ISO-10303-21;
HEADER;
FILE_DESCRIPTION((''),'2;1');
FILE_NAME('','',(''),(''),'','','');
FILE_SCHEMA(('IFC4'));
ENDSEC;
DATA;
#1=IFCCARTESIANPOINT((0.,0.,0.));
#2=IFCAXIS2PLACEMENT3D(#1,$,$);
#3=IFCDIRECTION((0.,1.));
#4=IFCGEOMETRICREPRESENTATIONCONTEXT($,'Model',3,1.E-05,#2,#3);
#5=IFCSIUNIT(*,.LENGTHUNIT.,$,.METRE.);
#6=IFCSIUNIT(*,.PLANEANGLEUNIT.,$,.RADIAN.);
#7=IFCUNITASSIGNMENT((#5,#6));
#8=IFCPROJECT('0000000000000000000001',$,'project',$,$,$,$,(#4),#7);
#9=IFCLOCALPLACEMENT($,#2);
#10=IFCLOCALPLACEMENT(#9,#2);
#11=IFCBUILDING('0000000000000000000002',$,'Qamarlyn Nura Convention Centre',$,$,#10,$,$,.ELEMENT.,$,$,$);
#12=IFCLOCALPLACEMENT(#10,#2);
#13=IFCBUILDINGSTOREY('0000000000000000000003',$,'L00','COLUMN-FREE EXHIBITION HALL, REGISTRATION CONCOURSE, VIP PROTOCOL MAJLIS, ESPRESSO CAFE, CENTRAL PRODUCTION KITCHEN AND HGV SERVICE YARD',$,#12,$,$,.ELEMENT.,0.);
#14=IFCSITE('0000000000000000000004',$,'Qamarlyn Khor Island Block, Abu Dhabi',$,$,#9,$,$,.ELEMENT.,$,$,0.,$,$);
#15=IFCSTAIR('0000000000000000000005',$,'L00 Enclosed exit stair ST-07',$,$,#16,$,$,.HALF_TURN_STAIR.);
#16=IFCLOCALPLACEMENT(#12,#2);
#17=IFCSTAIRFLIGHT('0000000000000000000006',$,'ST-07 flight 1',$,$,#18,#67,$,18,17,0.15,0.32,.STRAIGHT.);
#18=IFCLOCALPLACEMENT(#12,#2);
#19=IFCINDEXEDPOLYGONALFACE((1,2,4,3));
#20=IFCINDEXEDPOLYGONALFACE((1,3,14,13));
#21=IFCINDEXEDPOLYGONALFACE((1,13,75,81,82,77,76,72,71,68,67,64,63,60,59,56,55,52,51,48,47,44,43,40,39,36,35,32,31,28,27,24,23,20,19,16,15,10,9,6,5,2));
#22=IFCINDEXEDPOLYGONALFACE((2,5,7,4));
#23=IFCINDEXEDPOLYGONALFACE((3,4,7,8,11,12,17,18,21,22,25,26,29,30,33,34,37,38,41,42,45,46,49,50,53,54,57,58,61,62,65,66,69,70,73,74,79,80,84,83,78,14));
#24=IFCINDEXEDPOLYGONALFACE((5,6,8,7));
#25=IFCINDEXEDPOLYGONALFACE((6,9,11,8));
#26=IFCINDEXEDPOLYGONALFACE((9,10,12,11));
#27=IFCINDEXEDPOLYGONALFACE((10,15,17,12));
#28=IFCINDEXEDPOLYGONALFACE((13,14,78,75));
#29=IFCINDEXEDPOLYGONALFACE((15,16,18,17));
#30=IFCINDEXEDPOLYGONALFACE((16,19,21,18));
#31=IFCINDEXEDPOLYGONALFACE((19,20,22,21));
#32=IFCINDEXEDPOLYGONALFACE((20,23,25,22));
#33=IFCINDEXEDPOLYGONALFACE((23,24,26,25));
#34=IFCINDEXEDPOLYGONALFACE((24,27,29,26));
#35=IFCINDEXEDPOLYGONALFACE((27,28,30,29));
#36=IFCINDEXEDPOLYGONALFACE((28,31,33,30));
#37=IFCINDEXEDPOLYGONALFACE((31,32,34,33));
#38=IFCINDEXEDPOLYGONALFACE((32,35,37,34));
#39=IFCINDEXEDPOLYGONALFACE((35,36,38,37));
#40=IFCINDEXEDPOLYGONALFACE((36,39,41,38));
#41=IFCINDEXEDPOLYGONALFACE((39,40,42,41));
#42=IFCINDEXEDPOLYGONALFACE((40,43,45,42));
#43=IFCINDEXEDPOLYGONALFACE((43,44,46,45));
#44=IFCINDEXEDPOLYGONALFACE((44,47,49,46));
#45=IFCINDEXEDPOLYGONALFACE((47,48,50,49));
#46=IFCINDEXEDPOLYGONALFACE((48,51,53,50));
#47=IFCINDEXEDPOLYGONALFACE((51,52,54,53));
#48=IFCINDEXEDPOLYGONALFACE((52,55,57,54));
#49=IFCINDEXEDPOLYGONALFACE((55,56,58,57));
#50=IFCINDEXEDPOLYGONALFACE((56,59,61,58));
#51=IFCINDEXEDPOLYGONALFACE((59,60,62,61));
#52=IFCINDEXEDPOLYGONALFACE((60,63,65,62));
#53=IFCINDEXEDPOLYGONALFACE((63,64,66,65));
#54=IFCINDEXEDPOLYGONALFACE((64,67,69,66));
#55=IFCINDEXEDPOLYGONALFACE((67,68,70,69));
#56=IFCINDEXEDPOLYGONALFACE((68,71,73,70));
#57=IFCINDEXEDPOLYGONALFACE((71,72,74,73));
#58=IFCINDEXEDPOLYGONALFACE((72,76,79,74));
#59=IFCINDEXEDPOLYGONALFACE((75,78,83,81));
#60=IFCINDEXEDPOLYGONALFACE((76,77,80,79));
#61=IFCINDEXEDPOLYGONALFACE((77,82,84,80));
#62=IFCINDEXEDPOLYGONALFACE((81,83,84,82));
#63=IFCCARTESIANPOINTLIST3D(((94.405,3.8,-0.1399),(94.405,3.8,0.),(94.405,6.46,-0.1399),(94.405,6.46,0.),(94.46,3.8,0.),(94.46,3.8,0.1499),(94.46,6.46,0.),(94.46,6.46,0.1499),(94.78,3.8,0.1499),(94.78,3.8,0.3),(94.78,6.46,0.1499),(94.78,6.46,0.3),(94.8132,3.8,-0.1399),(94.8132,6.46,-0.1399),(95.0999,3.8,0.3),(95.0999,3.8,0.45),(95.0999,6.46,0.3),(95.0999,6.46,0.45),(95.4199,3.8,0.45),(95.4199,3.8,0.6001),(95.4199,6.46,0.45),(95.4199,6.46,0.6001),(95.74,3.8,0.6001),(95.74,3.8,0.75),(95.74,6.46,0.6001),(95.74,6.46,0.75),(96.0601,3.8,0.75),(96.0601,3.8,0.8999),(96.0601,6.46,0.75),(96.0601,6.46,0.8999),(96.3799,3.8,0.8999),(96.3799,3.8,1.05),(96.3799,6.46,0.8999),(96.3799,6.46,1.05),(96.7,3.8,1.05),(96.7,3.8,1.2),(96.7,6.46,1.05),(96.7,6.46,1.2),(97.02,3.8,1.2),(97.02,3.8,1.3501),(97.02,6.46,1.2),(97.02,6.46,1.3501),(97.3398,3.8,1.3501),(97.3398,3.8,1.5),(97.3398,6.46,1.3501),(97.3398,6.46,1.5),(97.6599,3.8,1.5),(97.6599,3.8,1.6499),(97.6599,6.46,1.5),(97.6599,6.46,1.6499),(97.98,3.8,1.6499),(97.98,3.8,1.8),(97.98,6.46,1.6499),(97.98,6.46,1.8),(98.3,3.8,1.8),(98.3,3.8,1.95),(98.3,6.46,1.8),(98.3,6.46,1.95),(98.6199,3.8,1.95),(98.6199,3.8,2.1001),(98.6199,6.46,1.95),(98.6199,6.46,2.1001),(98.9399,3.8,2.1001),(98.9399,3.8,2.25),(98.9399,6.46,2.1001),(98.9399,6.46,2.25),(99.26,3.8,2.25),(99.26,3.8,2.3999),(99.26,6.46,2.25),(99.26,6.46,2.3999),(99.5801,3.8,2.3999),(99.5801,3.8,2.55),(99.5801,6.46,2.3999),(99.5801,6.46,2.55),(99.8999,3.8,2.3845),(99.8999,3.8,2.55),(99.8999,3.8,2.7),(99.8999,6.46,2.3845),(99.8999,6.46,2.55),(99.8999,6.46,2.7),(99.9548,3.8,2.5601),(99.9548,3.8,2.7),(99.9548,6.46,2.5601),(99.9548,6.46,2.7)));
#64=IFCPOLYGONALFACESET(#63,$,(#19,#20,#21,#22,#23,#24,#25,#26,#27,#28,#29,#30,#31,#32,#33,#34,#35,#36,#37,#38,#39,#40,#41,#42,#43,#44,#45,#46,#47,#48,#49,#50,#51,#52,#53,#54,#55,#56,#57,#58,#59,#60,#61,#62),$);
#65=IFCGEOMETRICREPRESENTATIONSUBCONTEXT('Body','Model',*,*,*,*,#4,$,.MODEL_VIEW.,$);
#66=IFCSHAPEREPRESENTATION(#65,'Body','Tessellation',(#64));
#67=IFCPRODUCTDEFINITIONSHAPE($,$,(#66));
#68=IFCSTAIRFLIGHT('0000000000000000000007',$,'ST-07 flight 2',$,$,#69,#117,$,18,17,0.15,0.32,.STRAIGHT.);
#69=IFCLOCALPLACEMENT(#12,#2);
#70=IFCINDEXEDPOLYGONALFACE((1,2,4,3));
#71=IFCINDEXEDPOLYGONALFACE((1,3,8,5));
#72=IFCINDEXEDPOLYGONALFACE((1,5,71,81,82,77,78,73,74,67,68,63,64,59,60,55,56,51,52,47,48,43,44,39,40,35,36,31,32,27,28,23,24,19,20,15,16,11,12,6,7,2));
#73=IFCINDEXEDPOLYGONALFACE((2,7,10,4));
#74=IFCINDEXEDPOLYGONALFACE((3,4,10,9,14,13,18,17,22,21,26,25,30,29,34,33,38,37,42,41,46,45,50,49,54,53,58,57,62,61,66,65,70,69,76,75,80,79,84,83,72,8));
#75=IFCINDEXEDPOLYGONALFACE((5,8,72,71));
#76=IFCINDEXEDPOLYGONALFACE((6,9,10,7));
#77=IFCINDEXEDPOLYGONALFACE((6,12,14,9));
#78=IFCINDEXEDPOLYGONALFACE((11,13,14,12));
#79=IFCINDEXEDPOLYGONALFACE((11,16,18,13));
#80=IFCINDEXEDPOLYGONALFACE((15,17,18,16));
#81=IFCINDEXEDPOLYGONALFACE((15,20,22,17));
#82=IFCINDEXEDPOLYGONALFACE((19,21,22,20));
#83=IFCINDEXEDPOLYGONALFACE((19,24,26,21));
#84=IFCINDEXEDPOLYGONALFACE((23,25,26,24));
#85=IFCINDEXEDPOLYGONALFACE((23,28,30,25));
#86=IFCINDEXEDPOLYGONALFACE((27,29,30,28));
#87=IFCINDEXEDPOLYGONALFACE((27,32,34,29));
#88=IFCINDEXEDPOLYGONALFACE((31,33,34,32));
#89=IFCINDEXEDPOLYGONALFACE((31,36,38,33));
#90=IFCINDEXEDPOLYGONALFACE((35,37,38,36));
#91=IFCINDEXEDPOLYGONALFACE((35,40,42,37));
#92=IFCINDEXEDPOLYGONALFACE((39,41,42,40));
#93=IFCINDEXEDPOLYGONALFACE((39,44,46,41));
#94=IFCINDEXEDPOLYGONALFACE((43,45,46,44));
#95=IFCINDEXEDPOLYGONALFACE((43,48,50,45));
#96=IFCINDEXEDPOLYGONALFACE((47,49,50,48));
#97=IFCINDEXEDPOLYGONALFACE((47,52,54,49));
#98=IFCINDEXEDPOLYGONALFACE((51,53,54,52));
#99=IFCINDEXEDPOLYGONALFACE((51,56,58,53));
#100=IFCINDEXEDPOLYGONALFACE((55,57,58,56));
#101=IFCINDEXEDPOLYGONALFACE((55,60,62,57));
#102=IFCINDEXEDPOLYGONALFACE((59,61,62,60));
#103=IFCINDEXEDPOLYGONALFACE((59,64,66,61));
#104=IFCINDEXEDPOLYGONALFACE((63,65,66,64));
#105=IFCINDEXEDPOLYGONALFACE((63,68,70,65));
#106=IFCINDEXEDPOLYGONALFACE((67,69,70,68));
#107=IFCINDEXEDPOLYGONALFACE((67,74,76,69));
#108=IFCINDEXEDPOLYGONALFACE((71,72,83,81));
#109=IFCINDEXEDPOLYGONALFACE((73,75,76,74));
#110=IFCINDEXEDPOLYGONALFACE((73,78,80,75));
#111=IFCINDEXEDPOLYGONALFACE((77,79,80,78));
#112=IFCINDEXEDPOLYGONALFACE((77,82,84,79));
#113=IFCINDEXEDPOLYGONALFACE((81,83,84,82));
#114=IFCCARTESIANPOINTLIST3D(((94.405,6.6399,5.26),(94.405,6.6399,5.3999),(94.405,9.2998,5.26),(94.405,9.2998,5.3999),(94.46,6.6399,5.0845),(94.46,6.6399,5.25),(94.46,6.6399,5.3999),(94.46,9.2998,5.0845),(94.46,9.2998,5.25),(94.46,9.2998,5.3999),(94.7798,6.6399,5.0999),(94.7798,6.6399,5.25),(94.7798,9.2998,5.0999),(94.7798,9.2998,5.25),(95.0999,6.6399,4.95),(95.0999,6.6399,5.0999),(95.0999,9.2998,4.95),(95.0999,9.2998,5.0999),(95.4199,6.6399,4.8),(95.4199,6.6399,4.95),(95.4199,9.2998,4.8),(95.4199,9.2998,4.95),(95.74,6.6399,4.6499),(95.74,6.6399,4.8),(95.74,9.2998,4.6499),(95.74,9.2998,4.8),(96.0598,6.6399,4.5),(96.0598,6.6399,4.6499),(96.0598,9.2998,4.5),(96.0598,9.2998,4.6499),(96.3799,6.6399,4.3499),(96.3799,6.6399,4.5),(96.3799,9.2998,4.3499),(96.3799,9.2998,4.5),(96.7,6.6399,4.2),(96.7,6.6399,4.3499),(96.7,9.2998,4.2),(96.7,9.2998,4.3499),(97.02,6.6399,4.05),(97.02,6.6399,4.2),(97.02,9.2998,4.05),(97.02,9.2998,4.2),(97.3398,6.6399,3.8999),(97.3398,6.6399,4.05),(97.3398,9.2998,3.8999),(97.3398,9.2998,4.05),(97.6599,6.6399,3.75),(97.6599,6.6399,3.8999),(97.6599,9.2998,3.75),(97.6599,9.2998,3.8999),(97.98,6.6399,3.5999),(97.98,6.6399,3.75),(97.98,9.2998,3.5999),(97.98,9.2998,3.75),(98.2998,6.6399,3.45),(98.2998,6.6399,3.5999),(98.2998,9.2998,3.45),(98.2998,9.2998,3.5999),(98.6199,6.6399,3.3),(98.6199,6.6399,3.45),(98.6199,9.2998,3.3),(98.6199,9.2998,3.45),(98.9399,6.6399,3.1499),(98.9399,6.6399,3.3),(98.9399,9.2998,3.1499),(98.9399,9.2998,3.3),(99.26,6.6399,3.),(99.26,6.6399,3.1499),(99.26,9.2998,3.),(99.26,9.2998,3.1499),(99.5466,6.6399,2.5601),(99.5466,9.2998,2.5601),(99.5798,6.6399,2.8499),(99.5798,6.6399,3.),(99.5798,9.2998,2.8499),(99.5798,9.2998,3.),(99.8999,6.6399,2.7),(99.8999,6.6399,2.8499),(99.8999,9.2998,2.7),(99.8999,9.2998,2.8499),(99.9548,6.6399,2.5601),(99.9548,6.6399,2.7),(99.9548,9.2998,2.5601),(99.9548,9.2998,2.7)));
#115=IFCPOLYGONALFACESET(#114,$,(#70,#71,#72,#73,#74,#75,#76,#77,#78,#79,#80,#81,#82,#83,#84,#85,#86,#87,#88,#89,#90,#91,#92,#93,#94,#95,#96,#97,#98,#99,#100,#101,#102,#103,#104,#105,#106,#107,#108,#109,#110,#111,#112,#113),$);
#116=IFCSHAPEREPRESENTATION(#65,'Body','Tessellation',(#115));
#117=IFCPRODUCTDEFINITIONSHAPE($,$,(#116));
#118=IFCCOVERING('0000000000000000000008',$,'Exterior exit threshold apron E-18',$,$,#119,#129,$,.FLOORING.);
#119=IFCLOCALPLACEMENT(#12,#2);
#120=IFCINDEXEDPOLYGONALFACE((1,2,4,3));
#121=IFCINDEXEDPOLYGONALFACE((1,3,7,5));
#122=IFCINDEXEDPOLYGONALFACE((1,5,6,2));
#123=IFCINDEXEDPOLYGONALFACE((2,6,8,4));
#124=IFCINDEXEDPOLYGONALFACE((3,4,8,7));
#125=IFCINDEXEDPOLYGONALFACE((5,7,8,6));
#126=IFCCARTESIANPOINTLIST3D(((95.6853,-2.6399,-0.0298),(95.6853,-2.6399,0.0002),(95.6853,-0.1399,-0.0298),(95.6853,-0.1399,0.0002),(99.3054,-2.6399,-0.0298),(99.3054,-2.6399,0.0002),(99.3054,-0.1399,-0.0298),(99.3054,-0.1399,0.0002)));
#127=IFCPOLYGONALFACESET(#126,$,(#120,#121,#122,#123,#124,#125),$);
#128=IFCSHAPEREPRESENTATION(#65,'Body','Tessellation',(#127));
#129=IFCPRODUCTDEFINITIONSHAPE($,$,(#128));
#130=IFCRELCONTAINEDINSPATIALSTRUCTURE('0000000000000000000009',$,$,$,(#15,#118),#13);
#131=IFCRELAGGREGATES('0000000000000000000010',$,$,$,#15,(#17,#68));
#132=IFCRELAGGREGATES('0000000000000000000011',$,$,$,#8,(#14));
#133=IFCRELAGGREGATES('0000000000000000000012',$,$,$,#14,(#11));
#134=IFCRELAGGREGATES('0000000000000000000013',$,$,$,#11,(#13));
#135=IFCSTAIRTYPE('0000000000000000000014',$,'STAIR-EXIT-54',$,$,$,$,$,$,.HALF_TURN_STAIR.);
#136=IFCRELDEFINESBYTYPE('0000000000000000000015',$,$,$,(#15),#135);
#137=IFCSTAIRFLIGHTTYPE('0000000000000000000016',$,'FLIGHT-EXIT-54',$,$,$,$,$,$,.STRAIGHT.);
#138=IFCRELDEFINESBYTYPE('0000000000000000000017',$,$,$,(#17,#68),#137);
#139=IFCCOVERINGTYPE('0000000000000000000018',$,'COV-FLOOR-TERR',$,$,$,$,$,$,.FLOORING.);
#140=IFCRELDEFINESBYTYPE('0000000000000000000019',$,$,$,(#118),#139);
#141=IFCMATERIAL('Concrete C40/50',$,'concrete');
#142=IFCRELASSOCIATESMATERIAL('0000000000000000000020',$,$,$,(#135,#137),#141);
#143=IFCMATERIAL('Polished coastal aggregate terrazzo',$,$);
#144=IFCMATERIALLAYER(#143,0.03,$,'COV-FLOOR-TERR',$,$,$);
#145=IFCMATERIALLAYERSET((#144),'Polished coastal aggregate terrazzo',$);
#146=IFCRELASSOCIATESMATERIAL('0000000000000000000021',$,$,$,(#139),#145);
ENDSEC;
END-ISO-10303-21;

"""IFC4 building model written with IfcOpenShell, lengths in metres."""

from ifc_helpers import new_model, si_unit, direction, frame, origin, origin_2d, place, context, subcontext, project, spatial, polyline, rectangle, outline, extrude, material, layer, layer_set, type_object, element, aggregate, save


model = new_model("IFC4")

# Units and contexts
model_context = context("Model", 3, precision=1e-05, world=origin(), true_north=direction((0.0, 1.0)))
body_context = subcontext(model_context, "Body", "Model", "MODEL_VIEW")
ifc_project = project(units=[si_unit("LENGTHUNIT", "METRE"), si_unit("PLANEANGLEUNIT", "RADIAN")], contexts=[model_context])

# Site, building, storey
site_placement = place(None, origin())
site = spatial("IfcSite", under=ifc_project, at=site_placement, Name="Qamarlyn Khor Island Block, Abu Dhabi", CompositionType="ELEMENT", RefElevation=0.0)
building_placement = place(site_placement, origin())
building = spatial("IfcBuilding", under=site, at=building_placement, Name="Qamarlyn Nura Convention Centre", CompositionType="ELEMENT")
storey_placement = place(building_placement, origin())
storey = spatial("IfcBuildingStorey", under=building, at=storey_placement, Name="L00", Description="COLUMN-FREE EXHIBITION HALL, REGISTRATION CONCOURSE, VIP PROTOCOL MAJLIS, ESPRESSO CAFE, CENTRAL PRODUCTION KITCHEN AND HGV SERVICE YARD", CompositionType="ELEMENT", Elevation=0.0)

# Shared definitions
ifc_material_1 = material(Name="Concrete C40/50", Category="concrete")

# Stair, stair flights
stair_type = type_object("IfcStairType", Name="STAIR-EXIT-54", PredefinedType="HALF_TURN_STAIR", material=ifc_material_1)
stair_placement = place(storey_placement, origin())
stair = element("IfcStair", 1, at=stair_placement, inside=storey, type_object=stair_type, Name="L00 Enclosed exit stair ST-07", PredefinedType="HALF_TURN_STAIR")
stair_flight_type = type_object("IfcStairFlightType", Name="FLIGHT-EXIT-54", PredefinedType="STRAIGHT", material=ifc_material_1)
stair_flight_1_placement = place(storey_placement, frame((94.46, 5.1299, 0.0), z_axis=(0.0, 0.0, 1.0), x_axis=(1.0, 0.0, 0.0)))
stair_flight_1 = element("IfcStairFlight", 2, at=stair_flight_1_placement, type_object=stair_flight_type, Name="ST-07 flight 1", NumberOfRisers=18, NumberOfTreads=17, PredefinedType="STRAIGHT", RiserHeight=0.15, TreadLength=0.32, context=body_context, shape_type="SweptSolid", body=[
    extrude(outline(polyline([(-0.0549, 0.0), (0.0, 0.0), (0.0, 0.1499), (0.3201, 0.1499), (0.3201, 0.3), (0.6399, 0.3), (0.6399, 0.45), (0.96, 0.45), (0.96, 0.6001), (1.28, 0.6001), (1.28, 0.75), (1.6001, 0.75), (1.6001, 0.8999), (1.9199, 0.8999), (1.9199, 1.05), (2.24, 1.05), (2.24, 1.2), (2.5601, 1.2), (2.5601, 1.3501), (2.8799, 1.3501), (2.8799, 1.5), (3.2, 1.5), (3.2, 1.6499), (3.52, 1.6499), (3.52, 1.8), (3.8401, 1.8), (3.8401, 1.95), (4.1599, 1.95), (4.1599, 2.1001), (4.48, 2.1001), (4.48, 2.25), (4.8, 2.25), (4.8, 2.3999), (5.1201, 2.3999), (5.1201, 2.55), (5.4399, 2.55), (5.4399, 2.7), (5.4949, 2.7), (5.4949, 2.5601), (5.4399, 2.3845), (0.3533, -0.1399), (-0.0549, -0.1399), (-0.0549, 0.0)])), frame((0.0, 1.3301, 0.0), z_axis=(0.0, -1.0, 0.0), x_axis=(1.0, 0.0, 0.0)), (0.0, 0.0, 1.0), 2.6599),
])
stair_flight_2_placement = place(storey_placement, frame((99.8999, 7.97, 2.7), z_axis=(0.0, 0.0, 1.0), x_axis=(-1.0, 0.0, 0.0)))
stair_flight_2 = element("IfcStairFlight", 3, at=stair_flight_2_placement, type_object=stair_flight_type, Name="ST-07 flight 2", NumberOfRisers=18, NumberOfTreads=17, PredefinedType="STRAIGHT", RiserHeight=0.15, TreadLength=0.32, context=body_context, shape_type="SweptSolid", body=[
    extrude(outline(polyline([(-0.0549, 0.0), (0.0, 0.0), (0.0, 0.1499), (0.3201, 0.1499), (0.3201, 0.3), (0.6399, 0.3), (0.6399, 0.45), (0.96, 0.45), (0.96, 0.6001), (1.28, 0.6001), (1.28, 0.75), (1.6001, 0.75), (1.6001, 0.8999), (1.9199, 0.8999), (1.9199, 1.05), (2.24, 1.05), (2.24, 1.2), (2.5601, 1.2), (2.5601, 1.3501), (2.8799, 1.3501), (2.8799, 1.5), (3.2, 1.5), (3.2, 1.6499), (3.52, 1.6499), (3.52, 1.8), (3.8401, 1.8), (3.8401, 1.95), (4.1599, 1.95), (4.1599, 2.1001), (4.48, 2.1001), (4.48, 2.25), (4.8, 2.25), (4.8, 2.3999), (5.1201, 2.3999), (5.1201, 2.55), (5.4399, 2.55), (5.4399, 2.7), (5.4949, 2.7), (5.4949, 2.5601), (5.4399, 2.3845), (0.3533, -0.1399), (-0.0549, -0.1399), (-0.0549, 0.0)])), frame((0.0, 1.3301, 0.0), z_axis=(0.0, -1.0, 0.0), x_axis=(1.0, 0.0, 0.0)), (0.0, 0.0, 1.0), 2.6599),
])
aggregate(stair, [stair_flight_1, stair_flight_2])

# Covering
ifc_material_2 = material(Name="Polished coastal aggregate terrazzo")
ifc_layer_1 = layer(ifc_material_2, 0.03, Name="COV-FLOOR-TERR")
ifc_layer_set_1 = layer_set([ifc_layer_1], Name="Polished coastal aggregate terrazzo")
covering_type = type_object("IfcCoveringType", Name="COV-FLOOR-TERR", PredefinedType="FLOORING", material=ifc_layer_set_1)
covering_placement = place(storey_placement, frame((97.4954, -1.3899, -0.0298), z_axis=(0.0, 0.0, 1.0), x_axis=(-1.0, 0.0, 0.0)))
element("IfcCovering", 4, at=covering_placement, inside=storey, type_object=covering_type, Name="Exterior exit threshold apron E-18", PredefinedType="FLOORING", context=body_context, shape_type="SweptSolid", body=[
    extrude(rectangle(XDim=3.6201, YDim=2.5, at=origin_2d()), origin(), (0.0, 0.0, 1.0), 0.03),
])

save(model, "model.ifc")
